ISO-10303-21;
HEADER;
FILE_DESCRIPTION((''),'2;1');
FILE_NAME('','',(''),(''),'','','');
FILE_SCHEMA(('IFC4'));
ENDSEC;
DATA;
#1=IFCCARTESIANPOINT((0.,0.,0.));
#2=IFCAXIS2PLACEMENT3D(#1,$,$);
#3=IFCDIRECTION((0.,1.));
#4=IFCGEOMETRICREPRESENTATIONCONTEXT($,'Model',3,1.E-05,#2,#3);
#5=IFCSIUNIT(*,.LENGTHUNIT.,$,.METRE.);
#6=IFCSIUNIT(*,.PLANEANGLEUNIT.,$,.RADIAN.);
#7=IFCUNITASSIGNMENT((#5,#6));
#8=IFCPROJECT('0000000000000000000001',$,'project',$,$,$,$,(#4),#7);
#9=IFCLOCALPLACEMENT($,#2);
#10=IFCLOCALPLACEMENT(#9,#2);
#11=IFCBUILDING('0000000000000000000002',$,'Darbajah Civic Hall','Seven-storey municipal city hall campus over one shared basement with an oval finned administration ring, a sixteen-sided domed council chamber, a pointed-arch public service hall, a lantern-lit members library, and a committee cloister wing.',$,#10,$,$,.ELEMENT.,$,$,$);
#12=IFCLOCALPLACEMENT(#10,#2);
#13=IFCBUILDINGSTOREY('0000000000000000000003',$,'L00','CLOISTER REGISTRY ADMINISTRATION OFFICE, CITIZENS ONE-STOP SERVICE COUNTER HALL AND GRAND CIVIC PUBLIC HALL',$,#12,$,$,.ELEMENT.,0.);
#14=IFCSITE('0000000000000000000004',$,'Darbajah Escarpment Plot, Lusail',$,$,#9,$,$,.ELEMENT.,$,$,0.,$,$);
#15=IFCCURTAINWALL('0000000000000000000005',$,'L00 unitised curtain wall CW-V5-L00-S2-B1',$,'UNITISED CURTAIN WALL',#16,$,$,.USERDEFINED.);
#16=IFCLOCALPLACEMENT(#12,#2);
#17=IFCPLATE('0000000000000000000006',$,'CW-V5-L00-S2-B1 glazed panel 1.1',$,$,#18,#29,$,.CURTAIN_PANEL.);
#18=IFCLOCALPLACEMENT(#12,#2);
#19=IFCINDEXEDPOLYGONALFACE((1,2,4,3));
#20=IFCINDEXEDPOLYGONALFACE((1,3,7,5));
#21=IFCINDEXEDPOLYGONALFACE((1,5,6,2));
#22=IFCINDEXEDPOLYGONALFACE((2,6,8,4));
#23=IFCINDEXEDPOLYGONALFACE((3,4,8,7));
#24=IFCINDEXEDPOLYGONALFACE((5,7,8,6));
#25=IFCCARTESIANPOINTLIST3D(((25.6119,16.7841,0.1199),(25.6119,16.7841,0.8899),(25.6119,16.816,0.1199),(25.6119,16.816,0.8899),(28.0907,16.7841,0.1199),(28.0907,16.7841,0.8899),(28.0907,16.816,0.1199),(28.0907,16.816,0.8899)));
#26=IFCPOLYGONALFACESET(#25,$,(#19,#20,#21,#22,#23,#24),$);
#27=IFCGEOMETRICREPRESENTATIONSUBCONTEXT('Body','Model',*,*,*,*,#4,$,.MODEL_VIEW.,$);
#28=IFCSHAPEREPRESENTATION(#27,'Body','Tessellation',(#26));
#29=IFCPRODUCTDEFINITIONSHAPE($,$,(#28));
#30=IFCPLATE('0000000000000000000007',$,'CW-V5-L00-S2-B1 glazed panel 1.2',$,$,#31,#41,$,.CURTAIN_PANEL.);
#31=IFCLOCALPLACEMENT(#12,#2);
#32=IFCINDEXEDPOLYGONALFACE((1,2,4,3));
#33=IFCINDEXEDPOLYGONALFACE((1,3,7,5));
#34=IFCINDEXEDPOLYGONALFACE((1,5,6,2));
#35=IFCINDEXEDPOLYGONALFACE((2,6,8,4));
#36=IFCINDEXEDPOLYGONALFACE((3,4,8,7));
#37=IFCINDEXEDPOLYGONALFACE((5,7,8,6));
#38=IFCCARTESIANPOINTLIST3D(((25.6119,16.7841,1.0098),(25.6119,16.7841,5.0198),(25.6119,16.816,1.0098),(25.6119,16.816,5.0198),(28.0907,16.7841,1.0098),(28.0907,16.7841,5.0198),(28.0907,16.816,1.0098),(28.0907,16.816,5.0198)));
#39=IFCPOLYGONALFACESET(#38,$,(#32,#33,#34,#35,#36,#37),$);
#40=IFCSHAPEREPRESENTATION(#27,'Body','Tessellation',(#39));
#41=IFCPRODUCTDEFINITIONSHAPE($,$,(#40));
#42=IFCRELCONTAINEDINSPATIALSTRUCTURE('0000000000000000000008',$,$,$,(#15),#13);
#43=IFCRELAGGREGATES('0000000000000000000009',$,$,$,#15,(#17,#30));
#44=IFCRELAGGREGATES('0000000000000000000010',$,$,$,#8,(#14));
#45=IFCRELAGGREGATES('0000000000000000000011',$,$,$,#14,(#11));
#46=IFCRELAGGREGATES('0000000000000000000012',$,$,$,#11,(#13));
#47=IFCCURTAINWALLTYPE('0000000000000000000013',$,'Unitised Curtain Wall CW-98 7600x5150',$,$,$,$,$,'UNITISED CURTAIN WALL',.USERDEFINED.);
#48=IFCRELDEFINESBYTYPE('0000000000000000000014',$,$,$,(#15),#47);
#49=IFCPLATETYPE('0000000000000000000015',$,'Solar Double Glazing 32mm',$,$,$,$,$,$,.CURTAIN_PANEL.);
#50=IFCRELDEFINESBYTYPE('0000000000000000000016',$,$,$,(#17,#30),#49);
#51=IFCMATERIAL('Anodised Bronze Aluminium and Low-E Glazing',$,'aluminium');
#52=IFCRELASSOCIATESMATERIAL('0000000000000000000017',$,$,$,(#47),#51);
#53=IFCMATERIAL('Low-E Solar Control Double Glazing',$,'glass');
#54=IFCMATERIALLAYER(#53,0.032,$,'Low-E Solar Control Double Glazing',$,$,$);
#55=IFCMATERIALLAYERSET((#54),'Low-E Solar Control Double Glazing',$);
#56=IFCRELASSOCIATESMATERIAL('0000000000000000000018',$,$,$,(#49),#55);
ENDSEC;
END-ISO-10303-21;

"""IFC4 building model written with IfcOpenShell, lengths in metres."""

from ifc_helpers import new_model, si_unit, direction, frame, origin, origin_2d, place, context, subcontext, project, spatial, rectangle, extrude, material, layer, layer_set, type_object, element, aggregate, save


model = new_model("IFC4")

# Units and contexts
model_context = context("Model", 3, precision=1e-05, world=origin(), true_north=direction((0.0, 1.0)))
body_context = subcontext(model_context, "Body", "Model", "MODEL_VIEW")
ifc_project = project(units=[si_unit("LENGTHUNIT", "METRE"), si_unit("PLANEANGLEUNIT", "RADIAN")], contexts=[model_context])

# Site, building, storey
site_placement = place(None, origin())
site = spatial("IfcSite", under=ifc_project, at=site_placement, Name="Darbajah Escarpment Plot, Lusail", CompositionType="ELEMENT", RefElevation=0.0)
building_placement = place(site_placement, origin())
building = spatial("IfcBuilding", under=site, at=building_placement, Name="Darbajah Civic Hall", Description="Seven-storey municipal city hall campus over one shared basement with an oval finned administration ring, a sixteen-sided domed council chamber, a pointed-arch public service hall, a lantern-lit members library, and a committee cloister wing.", CompositionType="ELEMENT")
storey_placement = place(building_placement, origin())
storey = spatial("IfcBuildingStorey", under=building, at=storey_placement, Name="L00", Description="CLOISTER REGISTRY ADMINISTRATION OFFICE, CITIZENS ONE-STOP SERVICE COUNTER HALL AND GRAND CIVIC PUBLIC HALL", CompositionType="ELEMENT", Elevation=0.0)

# Shared definitions
ifc_material_1 = material(Name="Anodised Bronze Aluminium and Low-E Glazing", Category="aluminium")
curtain_wall_type = type_object("IfcCurtainWallType", Name="Unitised Curtain Wall CW-98 7600x5150", ElementType="UNITISED CURTAIN WALL", PredefinedType="USERDEFINED", material=ifc_material_1)

# Curtain wall
curtain_wall_1_placement = place(storey_placement, origin())
curtain_wall_1 = element("IfcCurtainWall", 1, at=curtain_wall_1_placement, inside=storey, type_object=curtain_wall_type, Name="L00 unitised curtain wall CW-V5-L00-S2-B1", ObjectType="UNITISED CURTAIN WALL", PredefinedType="USERDEFINED")

# Plates
ifc_material_2 = material(Name="Low-E Solar Control Double Glazing", Category="glass")
ifc_layer = layer(ifc_material_2, 0.032, Name="Low-E Solar Control Double Glazing")
ifc_layer_set = layer_set([ifc_layer], Name="Low-E Solar Control Double Glazing")
plate_type = type_object("IfcPlateType", Name="Solar Double Glazing 32mm", PredefinedType="CURTAIN_PANEL", material=ifc_layer_set)
plate_1_placement = place(storey_placement, frame((26.8513, 16.8, 0.1199), z_axis=(0.0, 0.0, 1.0), x_axis=(1.0, 0.0, 0.0)))
plate_1 = element("IfcPlate", 2, at=plate_1_placement, type_object=plate_type, Name="CW-V5-L00-S2-B1 glazed panel 1.1", PredefinedType="CURTAIN_PANEL", context=body_context, shape_type="SweptSolid", body=[
    extrude(rectangle(XDim=2.4788, YDim=0.032, at=origin_2d()), origin(), (0.0, 0.0, 1.0), 0.77),
])
plate_2_placement = place(storey_placement, frame((26.8513, 16.8, 1.0098), z_axis=(0.0, 0.0, 1.0), x_axis=(1.0, 0.0, 0.0)))
plate_2 = element("IfcPlate", 3, at=plate_2_placement, type_object=plate_type, Name="CW-V5-L00-S2-B1 glazed panel 1.2", PredefinedType="CURTAIN_PANEL", context=body_context, shape_type="SweptSolid", body=[
    extrude(rectangle(XDim=2.4788, YDim=0.032, at=origin_2d()), origin(), (0.0, 0.0, 1.0), 4.01),
])
aggregate(curtain_wall_1, [plate_1, plate_2])

save(model, "model.ifc")
